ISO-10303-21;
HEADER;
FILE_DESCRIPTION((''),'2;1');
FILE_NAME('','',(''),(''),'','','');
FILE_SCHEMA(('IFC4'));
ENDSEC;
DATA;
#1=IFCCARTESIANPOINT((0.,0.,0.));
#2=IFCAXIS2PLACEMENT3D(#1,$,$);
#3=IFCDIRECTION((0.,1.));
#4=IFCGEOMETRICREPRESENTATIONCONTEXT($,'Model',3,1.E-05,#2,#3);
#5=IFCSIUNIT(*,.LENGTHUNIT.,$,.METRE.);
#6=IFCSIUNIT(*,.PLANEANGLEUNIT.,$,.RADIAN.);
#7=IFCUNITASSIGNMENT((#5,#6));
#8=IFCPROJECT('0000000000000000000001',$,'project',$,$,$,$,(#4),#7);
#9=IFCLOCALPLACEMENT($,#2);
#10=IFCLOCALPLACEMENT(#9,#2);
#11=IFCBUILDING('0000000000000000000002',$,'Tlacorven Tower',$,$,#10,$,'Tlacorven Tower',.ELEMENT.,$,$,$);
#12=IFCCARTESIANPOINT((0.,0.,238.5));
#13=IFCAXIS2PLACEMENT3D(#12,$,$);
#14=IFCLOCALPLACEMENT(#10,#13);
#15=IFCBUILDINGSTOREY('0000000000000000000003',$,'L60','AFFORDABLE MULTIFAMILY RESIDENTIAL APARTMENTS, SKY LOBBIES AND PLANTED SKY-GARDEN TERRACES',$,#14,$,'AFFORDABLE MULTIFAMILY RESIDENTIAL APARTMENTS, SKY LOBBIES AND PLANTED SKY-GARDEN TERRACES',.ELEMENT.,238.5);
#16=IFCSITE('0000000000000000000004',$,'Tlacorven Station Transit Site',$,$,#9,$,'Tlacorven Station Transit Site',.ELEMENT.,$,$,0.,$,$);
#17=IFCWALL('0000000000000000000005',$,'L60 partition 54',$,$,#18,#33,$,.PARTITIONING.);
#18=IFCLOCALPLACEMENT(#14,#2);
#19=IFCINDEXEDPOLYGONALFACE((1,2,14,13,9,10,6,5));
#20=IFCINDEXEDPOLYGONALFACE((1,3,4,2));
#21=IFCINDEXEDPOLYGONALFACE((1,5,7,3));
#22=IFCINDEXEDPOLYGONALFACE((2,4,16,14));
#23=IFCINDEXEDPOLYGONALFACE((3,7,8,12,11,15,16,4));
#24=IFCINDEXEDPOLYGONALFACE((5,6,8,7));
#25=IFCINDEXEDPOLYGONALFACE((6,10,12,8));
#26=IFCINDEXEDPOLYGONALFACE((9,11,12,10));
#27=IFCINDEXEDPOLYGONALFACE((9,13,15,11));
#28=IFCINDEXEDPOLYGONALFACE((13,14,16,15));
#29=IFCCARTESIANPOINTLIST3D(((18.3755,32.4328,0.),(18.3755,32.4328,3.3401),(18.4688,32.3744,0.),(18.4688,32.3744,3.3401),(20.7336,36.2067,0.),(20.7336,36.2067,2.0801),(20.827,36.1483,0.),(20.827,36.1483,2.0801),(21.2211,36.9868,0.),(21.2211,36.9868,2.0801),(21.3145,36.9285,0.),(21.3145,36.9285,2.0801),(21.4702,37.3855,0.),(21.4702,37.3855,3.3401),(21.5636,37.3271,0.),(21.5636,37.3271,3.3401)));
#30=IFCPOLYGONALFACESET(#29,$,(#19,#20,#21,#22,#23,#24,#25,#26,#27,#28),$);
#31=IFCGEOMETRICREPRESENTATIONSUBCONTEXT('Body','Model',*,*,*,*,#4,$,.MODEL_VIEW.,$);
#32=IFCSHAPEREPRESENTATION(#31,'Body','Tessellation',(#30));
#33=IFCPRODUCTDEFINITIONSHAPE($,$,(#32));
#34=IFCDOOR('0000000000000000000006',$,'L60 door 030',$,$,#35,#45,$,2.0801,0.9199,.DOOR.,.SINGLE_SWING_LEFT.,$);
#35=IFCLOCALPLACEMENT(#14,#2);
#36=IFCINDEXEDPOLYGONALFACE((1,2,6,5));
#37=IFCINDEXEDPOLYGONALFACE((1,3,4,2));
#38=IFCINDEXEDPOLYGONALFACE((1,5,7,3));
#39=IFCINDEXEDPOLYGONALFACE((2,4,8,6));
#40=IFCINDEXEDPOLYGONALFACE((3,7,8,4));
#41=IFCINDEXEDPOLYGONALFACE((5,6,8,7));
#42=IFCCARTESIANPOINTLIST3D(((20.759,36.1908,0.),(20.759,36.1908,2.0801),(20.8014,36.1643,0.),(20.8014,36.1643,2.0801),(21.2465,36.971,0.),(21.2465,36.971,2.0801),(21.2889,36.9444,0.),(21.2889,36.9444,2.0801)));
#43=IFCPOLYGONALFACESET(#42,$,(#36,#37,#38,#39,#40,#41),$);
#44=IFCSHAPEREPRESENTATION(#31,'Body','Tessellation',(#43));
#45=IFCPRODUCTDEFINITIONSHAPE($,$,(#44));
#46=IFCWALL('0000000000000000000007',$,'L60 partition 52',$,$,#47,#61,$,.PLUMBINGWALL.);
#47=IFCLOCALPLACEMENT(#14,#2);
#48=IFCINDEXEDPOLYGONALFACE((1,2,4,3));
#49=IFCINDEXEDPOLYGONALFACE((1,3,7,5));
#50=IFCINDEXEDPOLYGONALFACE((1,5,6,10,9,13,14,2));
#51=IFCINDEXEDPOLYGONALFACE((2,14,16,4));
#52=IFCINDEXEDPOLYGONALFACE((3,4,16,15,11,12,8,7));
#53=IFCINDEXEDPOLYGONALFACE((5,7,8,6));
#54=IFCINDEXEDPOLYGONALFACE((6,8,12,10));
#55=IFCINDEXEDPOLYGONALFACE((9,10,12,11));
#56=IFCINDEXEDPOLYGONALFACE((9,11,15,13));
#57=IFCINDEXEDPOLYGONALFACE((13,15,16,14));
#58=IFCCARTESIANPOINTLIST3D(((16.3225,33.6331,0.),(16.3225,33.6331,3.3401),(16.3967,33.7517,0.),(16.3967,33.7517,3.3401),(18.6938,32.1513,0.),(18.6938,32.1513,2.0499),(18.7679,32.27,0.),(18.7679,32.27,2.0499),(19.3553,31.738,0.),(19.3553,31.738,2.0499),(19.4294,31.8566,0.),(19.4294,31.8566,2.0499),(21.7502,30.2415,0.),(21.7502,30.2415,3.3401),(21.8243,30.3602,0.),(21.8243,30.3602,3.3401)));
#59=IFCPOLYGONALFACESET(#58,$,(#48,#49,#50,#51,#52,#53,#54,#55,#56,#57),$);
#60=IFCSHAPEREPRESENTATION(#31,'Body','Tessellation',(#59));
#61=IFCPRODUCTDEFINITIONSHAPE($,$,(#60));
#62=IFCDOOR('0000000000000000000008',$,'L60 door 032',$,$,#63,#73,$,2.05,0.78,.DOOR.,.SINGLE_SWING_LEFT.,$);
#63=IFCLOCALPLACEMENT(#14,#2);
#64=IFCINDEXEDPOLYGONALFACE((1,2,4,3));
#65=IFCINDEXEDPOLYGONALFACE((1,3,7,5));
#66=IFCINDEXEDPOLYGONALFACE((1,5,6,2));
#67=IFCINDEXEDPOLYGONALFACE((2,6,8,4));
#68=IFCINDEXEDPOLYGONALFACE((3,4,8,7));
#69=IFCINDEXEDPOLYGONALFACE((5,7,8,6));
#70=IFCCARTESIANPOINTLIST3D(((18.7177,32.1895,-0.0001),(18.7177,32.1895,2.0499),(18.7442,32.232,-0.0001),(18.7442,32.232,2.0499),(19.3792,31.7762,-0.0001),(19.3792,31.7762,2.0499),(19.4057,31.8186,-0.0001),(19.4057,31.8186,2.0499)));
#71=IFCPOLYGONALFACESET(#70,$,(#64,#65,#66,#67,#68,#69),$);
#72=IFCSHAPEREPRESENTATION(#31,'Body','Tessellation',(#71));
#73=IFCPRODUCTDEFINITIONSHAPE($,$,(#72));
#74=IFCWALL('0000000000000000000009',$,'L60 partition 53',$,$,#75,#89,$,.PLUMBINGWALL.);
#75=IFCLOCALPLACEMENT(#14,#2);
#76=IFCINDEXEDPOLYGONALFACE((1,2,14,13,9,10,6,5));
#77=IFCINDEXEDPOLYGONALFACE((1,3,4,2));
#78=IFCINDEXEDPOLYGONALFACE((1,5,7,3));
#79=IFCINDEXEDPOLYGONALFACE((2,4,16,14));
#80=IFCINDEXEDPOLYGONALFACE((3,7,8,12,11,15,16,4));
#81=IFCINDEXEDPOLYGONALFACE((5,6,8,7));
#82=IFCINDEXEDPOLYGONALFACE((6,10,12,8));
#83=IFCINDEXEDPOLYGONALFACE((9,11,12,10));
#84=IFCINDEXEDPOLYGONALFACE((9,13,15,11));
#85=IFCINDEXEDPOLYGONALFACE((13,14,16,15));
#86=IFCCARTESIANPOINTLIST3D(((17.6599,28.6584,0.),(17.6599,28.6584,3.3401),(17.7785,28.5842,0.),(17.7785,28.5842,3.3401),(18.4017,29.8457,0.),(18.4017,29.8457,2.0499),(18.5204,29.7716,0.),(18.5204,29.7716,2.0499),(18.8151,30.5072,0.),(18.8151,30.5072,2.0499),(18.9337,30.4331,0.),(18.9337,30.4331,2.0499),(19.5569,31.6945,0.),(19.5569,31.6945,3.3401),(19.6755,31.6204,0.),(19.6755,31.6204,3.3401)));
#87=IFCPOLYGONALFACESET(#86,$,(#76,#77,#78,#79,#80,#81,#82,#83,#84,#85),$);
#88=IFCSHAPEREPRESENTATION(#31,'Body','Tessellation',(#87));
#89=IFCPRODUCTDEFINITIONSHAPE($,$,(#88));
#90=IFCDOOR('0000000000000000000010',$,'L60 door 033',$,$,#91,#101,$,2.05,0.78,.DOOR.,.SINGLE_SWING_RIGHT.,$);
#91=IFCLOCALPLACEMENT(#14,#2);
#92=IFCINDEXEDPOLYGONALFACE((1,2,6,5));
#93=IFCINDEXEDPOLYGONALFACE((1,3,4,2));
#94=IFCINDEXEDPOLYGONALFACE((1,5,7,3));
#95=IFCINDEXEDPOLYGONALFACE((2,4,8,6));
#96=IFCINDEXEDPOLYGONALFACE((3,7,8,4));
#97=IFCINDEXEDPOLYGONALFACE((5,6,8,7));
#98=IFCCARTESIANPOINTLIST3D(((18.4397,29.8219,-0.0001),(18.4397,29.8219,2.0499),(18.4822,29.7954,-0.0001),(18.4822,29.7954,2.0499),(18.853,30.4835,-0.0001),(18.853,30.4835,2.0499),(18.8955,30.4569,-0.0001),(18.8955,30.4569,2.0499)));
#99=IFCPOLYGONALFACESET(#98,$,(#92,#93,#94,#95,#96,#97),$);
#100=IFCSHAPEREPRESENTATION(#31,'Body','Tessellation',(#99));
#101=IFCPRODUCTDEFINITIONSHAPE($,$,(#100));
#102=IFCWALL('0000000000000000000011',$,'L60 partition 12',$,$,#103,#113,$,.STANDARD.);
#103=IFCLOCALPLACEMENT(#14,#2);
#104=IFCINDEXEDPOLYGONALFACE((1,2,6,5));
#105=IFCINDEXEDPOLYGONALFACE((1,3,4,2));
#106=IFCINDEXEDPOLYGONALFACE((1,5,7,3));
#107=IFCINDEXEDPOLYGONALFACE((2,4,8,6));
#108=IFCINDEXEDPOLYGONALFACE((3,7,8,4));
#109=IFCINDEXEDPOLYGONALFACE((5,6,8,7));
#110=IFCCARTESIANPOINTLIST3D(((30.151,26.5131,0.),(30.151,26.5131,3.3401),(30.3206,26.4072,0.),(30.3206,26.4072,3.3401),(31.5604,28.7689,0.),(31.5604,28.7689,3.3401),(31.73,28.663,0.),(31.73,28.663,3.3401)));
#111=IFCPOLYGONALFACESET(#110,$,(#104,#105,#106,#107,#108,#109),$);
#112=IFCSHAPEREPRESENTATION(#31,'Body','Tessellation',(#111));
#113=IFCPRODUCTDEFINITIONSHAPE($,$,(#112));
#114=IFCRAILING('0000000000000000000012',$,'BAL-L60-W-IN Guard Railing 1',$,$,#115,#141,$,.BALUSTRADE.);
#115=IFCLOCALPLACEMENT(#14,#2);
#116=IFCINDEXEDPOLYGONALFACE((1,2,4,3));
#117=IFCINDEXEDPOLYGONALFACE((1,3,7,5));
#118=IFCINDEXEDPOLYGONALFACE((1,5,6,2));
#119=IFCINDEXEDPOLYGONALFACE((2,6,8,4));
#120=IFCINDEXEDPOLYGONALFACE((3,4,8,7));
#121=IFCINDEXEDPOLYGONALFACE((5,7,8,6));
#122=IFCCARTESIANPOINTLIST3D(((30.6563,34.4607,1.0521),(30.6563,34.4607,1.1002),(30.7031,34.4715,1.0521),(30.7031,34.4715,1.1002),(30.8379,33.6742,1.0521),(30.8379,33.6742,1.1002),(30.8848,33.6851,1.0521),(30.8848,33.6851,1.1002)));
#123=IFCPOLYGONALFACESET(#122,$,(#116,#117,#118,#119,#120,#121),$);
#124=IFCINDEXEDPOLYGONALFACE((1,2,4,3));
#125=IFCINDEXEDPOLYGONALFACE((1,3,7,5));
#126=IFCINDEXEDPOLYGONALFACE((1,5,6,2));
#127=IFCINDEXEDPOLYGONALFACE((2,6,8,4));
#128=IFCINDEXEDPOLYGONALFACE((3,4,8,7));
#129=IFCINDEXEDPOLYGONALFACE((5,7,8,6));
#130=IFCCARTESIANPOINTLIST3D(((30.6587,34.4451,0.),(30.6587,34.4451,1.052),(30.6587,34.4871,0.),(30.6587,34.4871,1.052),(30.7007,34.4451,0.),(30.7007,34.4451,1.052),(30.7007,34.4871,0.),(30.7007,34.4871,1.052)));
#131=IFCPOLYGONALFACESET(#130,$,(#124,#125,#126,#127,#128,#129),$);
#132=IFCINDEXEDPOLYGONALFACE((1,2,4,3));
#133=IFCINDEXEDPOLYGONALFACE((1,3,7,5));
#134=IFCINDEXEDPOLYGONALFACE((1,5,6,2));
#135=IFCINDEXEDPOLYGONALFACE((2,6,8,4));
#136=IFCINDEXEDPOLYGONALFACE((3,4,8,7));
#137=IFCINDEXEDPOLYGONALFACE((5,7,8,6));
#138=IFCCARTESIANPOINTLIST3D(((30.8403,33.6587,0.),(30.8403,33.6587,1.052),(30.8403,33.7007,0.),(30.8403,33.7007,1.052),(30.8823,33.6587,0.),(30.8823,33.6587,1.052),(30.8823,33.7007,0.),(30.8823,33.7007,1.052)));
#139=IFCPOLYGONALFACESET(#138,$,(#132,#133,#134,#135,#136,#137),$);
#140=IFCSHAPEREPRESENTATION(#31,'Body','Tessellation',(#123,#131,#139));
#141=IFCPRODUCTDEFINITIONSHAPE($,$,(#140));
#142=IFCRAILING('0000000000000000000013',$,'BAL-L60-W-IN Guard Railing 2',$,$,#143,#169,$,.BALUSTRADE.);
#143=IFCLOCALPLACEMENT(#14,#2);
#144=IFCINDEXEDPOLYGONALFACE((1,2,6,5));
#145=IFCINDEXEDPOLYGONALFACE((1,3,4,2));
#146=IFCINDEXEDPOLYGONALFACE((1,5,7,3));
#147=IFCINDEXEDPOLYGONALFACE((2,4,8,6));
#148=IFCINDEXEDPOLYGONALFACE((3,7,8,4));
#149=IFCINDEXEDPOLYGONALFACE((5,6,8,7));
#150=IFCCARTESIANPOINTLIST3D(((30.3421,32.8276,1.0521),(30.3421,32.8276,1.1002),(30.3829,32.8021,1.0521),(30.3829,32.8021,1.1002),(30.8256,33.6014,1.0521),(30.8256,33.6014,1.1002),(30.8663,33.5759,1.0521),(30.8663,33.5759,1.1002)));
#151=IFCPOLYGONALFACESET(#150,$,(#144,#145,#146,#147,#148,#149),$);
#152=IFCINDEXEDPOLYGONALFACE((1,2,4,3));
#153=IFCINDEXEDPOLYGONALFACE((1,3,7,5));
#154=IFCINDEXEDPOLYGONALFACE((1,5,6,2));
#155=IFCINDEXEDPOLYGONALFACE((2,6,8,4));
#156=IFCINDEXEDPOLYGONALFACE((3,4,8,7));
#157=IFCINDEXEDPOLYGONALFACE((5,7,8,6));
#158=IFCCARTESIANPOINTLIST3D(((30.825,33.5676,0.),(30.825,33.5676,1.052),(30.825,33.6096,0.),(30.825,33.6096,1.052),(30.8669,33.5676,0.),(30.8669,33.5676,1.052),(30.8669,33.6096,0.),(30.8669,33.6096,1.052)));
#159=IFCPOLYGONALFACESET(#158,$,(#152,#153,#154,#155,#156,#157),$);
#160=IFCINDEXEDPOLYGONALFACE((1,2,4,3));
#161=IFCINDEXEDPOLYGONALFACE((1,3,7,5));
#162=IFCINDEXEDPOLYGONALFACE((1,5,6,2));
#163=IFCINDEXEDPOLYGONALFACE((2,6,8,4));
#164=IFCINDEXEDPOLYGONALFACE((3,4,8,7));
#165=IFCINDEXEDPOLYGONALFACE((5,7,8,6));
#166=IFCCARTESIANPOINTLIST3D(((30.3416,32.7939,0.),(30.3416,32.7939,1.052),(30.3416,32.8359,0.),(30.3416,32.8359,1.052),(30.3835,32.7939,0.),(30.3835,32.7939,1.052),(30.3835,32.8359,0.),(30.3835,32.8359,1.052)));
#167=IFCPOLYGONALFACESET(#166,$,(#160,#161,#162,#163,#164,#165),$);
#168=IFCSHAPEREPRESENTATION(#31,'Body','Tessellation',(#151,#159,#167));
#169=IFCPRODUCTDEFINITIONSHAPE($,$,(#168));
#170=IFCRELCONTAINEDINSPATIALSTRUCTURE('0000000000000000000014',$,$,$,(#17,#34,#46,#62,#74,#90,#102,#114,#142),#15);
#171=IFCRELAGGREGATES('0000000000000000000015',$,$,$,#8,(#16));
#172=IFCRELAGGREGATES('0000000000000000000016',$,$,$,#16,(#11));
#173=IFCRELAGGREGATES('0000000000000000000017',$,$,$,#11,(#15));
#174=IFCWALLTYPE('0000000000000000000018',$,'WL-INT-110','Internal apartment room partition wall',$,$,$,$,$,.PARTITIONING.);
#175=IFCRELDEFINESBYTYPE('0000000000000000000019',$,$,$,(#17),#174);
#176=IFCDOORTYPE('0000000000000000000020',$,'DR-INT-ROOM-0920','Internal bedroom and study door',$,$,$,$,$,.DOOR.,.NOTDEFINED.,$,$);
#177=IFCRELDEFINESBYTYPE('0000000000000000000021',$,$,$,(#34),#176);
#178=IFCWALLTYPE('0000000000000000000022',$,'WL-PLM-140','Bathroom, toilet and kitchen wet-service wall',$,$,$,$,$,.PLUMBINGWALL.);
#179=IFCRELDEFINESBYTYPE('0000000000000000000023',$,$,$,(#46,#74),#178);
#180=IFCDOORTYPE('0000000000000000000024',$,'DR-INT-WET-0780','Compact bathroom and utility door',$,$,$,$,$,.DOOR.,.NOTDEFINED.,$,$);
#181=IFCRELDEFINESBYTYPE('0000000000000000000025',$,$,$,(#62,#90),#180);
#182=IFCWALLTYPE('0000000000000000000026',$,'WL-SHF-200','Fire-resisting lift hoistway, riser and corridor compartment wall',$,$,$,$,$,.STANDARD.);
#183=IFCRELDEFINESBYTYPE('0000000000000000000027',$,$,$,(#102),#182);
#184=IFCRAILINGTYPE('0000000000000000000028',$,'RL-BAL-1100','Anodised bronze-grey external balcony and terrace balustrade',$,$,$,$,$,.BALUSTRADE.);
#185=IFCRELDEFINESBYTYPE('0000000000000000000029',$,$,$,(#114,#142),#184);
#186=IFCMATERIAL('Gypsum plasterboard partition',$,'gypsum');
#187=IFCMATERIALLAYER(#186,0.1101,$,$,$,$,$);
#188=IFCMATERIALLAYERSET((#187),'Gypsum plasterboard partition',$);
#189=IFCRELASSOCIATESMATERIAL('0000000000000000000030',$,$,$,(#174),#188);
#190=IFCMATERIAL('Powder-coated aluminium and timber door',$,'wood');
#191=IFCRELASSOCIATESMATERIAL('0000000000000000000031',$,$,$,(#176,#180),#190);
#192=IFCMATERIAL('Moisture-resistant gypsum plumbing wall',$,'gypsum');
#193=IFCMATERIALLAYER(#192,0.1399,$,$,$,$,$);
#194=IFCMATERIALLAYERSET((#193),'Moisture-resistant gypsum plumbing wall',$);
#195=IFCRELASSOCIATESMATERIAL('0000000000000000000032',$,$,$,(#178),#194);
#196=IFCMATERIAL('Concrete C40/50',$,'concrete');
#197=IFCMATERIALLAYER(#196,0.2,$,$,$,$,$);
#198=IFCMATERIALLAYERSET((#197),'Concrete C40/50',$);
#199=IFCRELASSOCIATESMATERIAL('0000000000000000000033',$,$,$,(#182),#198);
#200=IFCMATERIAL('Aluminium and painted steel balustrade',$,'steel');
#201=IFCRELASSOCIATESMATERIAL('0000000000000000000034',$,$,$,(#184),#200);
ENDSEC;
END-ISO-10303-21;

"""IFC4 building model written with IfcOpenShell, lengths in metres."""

from ifc_helpers import new_model, si_unit, direction, frame, frame_2d, origin, origin_2d, place, context, subcontext, project, spatial, rectangle, extrude, source, transform, mapped, material, layer, layer_set, type_object, element, fill, save


model = new_model("IFC4")

# Units and contexts
model_context = context("Model", 3, precision=1e-05, world=origin(), true_north=direction((0.0, 1.0)))
body_context = subcontext(model_context, "Body", "Model", "MODEL_VIEW")
ifc_project = project(units=[si_unit("LENGTHUNIT", "METRE"), si_unit("PLANEANGLEUNIT", "RADIAN")], contexts=[model_context])

# Site, building, storey
site_placement = place(None, origin())
site = spatial("IfcSite", under=ifc_project, at=site_placement, Name="Tlacorven Station Transit Site", LongName="Tlacorven Station Transit Site", CompositionType="ELEMENT", RefElevation=0.0)
building_placement = place(site_placement, origin())
building = spatial("IfcBuilding", under=site, at=building_placement, Name="Tlacorven Tower", LongName="Tlacorven Tower", CompositionType="ELEMENT")
storey_placement = place(building_placement, frame((0.0, 0.0, 238.5)))
storey = spatial("IfcBuildingStorey", under=building, at=storey_placement, Name="L60", Description="AFFORDABLE MULTIFAMILY RESIDENTIAL APARTMENTS, SKY LOBBIES AND PLANTED SKY-GARDEN TERRACES", LongName="AFFORDABLE MULTIFAMILY RESIDENTIAL APARTMENTS, SKY LOBBIES AND PLANTED SKY-GARDEN TERRACES", CompositionType="ELEMENT", Elevation=238.5)

# Walls, openings, doors
ifc_material_1 = material(Name="Gypsum plasterboard partition", Category="gypsum")
ifc_layer_1 = layer(ifc_material_1, 0.1101)
ifc_layer_set_1 = layer_set([ifc_layer_1], Name="Gypsum plasterboard partition")
wall_type_1 = type_object("IfcWallType", Name="WL-INT-110", Description="Internal apartment room partition wall", PredefinedType="PARTITIONING", material=ifc_layer_set_1)
ifc_material_2 = material(Name="Powder-coated aluminium and timber door", Category="wood")
door_type_1 = type_object("IfcDoorType", Name="DR-INT-ROOM-0920", Description="Internal bedroom and study door", OperationType="NOTDEFINED", PredefinedType="DOOR", material=ifc_material_2)
shared_shape_1 = source(origin(), body_context, "Body", "SweptSolid", [
    extrude(rectangle(XDim=0.9199, YDim=2.0801, at=frame_2d((0.46, 1.04))), frame((0.0, 0.0249, 0.0), z_axis=(0.0, -1.0, 0.0), x_axis=(1.0, 0.0, 0.0)), (0.0, 0.0, 1.0), 0.05),
])
wall_1_placement = place(storey_placement, frame((21.5168, 37.3562, 0.0), z_axis=(0.0, 0.0, 1.0), x_axis=(-0.529916, -0.84805, 0.0)))
wall_1 = element("IfcWall", 1, at=wall_1_placement, inside=storey, type_object=wall_type_1, Name="L60 partition 54", PredefinedType="PARTITIONING", context=body_context, shape_type="SweptSolid", body=[
    extrude(rectangle(XDim=5.8401, YDim=0.1101, at=frame_2d((2.9199, 0.0))), origin(), (0.0, 0.0, 1.0), 3.3401),
])
opening_1_placement = place(wall_1_placement, frame((0.47, 0.0, 0.0)))
opening_1 = element("IfcOpeningElement", 2, at=opening_1_placement, cuts=wall_1, PredefinedType="OPENING", context=body_context, shape_type="SweptSolid", body=[
    extrude(rectangle(XDim=0.9199, YDim=2.0801, at=frame_2d((0.46, 1.04))), frame((0.0, 0.0649, 0.0), z_axis=(0.0, -1.0, 0.0), x_axis=(1.0, 0.0, 0.0)), (0.0, 0.0, 1.0), 0.1301),
])
door_1_placement = place(opening_1_placement, origin())
door_1 = element("IfcDoor", 3, at=door_1_placement, inside=storey, type_object=door_type_1, Name="L60 door 030", OperationType="SINGLE_SWING_LEFT", OverallHeight=2.0801, OverallWidth=0.9199, PredefinedType="DOOR", context=body_context, shape_type="MappedRepresentation", body=[
    mapped(shared_shape_1, transform((0.0, 0.0, 0.0), scale=1.0)),
])
fill(opening_1, door_1)
ifc_material_3 = material(Name="Moisture-resistant gypsum plumbing wall", Category="gypsum")
ifc_layer_2 = layer(ifc_material_3, 0.1399)
ifc_layer_set_2 = layer_set([ifc_layer_2], Name="Moisture-resistant gypsum plumbing wall")
wall_type_2 = type_object("IfcWallType", Name="WL-PLM-140", Description="Bathroom, toilet and kitchen wet-service wall", PredefinedType="PLUMBINGWALL", material=ifc_layer_set_2)
wall_2_placement = place(storey_placement, frame((21.7874, 30.3008, 0.0), z_axis=(0.0, 0.0, 1.0), x_axis=(-0.84805, 0.529917, 0.0)))
wall_2 = element("IfcWall", 4, at=wall_2_placement, inside=storey, type_object=wall_type_2, Name="L60 partition 52", PredefinedType="PLUMBINGWALL", context=body_context, shape_type="SweptSolid", body=[
    extrude(rectangle(XDim=6.4001, YDim=0.1399, at=frame_2d((3.2002, 0.0))), origin(), (0.0, 0.0, 1.0), 3.3401),
])
opening_2_placement = place(wall_2_placement, frame((2.824, 0.0, 0.0)))
opening_2 = element("IfcOpeningElement", 5, at=opening_2_placement, cuts=wall_2, PredefinedType="OPENING", context=body_context, shape_type="SweptSolid", body=[
    extrude(rectangle(XDim=0.78, YDim=2.05, at=frame_2d((0.3901, 1.0249))), frame((0.0, 0.0801, 0.0), z_axis=(0.0, -1.0, 0.0), x_axis=(1.0, 0.0, 0.0)), (0.0, 0.0, 1.0), 0.1599),
])
door_type_2 = type_object("IfcDoorType", Name="DR-INT-WET-0780", Description="Compact bathroom and utility door", OperationType="NOTDEFINED", PredefinedType="DOOR", material=ifc_material_2)
shared_shape_2 = source(origin(), body_context, "Body", "SweptSolid", [
    extrude(rectangle(XDim=0.78, YDim=2.05, at=frame_2d((0.3901, 1.0249))), frame((0.0, 0.0249, 0.0), z_axis=(0.0, -1.0, 0.0), x_axis=(1.0, 0.0, 0.0)), (0.0, 0.0, 1.0), 0.05),
])
door_2_placement = place(opening_2_placement, origin())
door_2 = element("IfcDoor", 6, at=door_2_placement, inside=storey, type_object=door_type_2, Name="L60 door 032", OperationType="SINGLE_SWING_LEFT", OverallHeight=2.05, OverallWidth=0.78, PredefinedType="DOOR", context=body_context, shape_type="MappedRepresentation", body=[
    mapped(shared_shape_2, transform((0.0, 0.0, 0.0), scale=1.0)),
])
fill(opening_2, door_2)
wall_3_placement = place(storey_placement, frame((19.6162, 31.6575, 0.0), z_axis=(0.0, 0.0, 1.0), x_axis=(-0.529876, -0.848075, 0.0)))
wall_3 = element("IfcWall", 7, at=wall_3_placement, inside=storey, type_object=wall_type_2, Name="L60 partition 53", PredefinedType="PLUMBINGWALL", context=body_context, shape_type="SweptSolid", body=[
    extrude(rectangle(XDim=3.5801, YDim=0.1399, at=frame_2d((1.79, 0.0))), origin(), (0.0, 0.0, 1.0), 3.3401),
])
opening_3_placement = place(wall_3_placement, frame((1.3999, 0.0, 0.0)))
opening_3 = element("IfcOpeningElement", 8, at=opening_3_placement, cuts=wall_3, PredefinedType="OPENING", context=body_context, shape_type="SweptSolid", body=[
    extrude(rectangle(XDim=0.78, YDim=2.05, at=frame_2d((0.3901, 1.0249))), frame((0.0, 0.0801, 0.0), z_axis=(0.0, -1.0, 0.0), x_axis=(1.0, 0.0, 0.0)), (0.0, 0.0, 1.0), 0.1599),
])
door_3_placement = place(opening_3_placement, origin())
door_3 = element("IfcDoor", 9, at=door_3_placement, inside=storey, type_object=door_type_2, Name="L60 door 033", OperationType="SINGLE_SWING_RIGHT", OverallHeight=2.05, OverallWidth=0.78, PredefinedType="DOOR", context=body_context, shape_type="MappedRepresentation", body=[
    mapped(shared_shape_2, transform((0.0, 0.0, 0.0), scale=1.0)),
])
fill(opening_3, door_3)

# Wall
ifc_material_4 = material(Name="Concrete C40/50", Category="concrete")
ifc_layer_3 = layer(ifc_material_4, 0.2)
ifc_layer_set_3 = layer_set([ifc_layer_3], Name="Concrete C40/50")
wall_type_3 = type_object("IfcWallType", Name="WL-SHF-200", Description="Fire-resisting lift hoistway, riser and corridor compartment wall", PredefinedType="STANDARD", material=ifc_layer_set_3)
wall_4_placement = place(storey_placement, frame((31.6453, 28.7161, 0.0), z_axis=(0.0, 0.0, 1.0), x_axis=(-0.529867, -0.848081, 0.0)))
element("IfcWall", 10, at=wall_4_placement, inside=storey, type_object=wall_type_3, Name="L60 partition 12", PredefinedType="STANDARD", context=body_context, shape_type="SweptSolid", body=[
    extrude(rectangle(XDim=2.6599, YDim=0.2, at=frame_2d((1.3301, 0.0))), origin(), (0.0, 0.0, 1.0), 3.3401),
])

# Railings
ifc_material_5 = material(Name="Aluminium and painted steel balustrade", Category="steel")
railing_type = type_object("IfcRailingType", Name="RL-BAL-1100", Description="Anodised bronze-grey external balcony and terrace balustrade", PredefinedType="BALUSTRADE", material=ifc_material_5)
shared_shape_3 = source(origin(), body_context, "Body", "SweptSolid", [
    extrude(rectangle(XDim=0.0481, YDim=0.0481, at=origin_2d()), frame((0.0, 0.0, 1.0762), z_axis=(0.225058, -0.974345, 0.0), x_axis=(0.974345, 0.225058, 0.0)), (0.0, 0.0, 1.0), 0.8071),
    extrude(rectangle(XDim=0.042, YDim=0.042, at=origin_2d()), origin(), (0.0, 0.0, 1.0), 1.052),
    extrude(rectangle(XDim=0.042, YDim=0.042, at=origin_2d()), frame((0.1816, -0.7864, 0.0)), (0.0, 0.0, 1.0), 1.052),
])
railing_1_placement = place(storey_placement, frame((30.6797, 34.4661, 0.0)))
element("IfcRailing", 11, at=railing_1_placement, inside=storey, type_object=railing_type, Name="BAL-L60-W-IN Guard Railing 1", PredefinedType="BALUSTRADE", context=body_context, shape_type="MappedRepresentation", body=[
    mapped(shared_shape_3, transform((0.0, 0.0, 0.0), scale=1.0)),
])
shared_shape_4 = source(origin(), body_context, "Body", "SweptSolid", [
    extrude(rectangle(XDim=0.0481, YDim=0.0481, at=origin_2d()), frame((0.0, 0.0, 1.0762), z_axis=(-0.529879, -0.848073, 0.0), x_axis=(0.848073, -0.529879, 0.0)), (0.0, 0.0, 1.0), 0.9124),
    extrude(rectangle(XDim=0.042, YDim=0.042, at=origin_2d()), origin(), (0.0, 0.0, 1.0), 1.052),
    extrude(rectangle(XDim=0.042, YDim=0.042, at=origin_2d()), frame((-0.4834, -0.7737, 0.0)), (0.0, 0.0, 1.0), 1.052),
])
railing_2_placement = place(storey_placement, frame((30.8459, 33.5886, 0.0)))
element("IfcRailing", 12, at=railing_2_placement, inside=storey, type_object=railing_type, Name="BAL-L60-W-IN Guard Railing 2", PredefinedType="BALUSTRADE", context=body_context, shape_type="MappedRepresentation", body=[
    mapped(shared_shape_4, transform((0.0, 0.0, 0.0), scale=1.0)),
])

save(model, "model.ifc")
